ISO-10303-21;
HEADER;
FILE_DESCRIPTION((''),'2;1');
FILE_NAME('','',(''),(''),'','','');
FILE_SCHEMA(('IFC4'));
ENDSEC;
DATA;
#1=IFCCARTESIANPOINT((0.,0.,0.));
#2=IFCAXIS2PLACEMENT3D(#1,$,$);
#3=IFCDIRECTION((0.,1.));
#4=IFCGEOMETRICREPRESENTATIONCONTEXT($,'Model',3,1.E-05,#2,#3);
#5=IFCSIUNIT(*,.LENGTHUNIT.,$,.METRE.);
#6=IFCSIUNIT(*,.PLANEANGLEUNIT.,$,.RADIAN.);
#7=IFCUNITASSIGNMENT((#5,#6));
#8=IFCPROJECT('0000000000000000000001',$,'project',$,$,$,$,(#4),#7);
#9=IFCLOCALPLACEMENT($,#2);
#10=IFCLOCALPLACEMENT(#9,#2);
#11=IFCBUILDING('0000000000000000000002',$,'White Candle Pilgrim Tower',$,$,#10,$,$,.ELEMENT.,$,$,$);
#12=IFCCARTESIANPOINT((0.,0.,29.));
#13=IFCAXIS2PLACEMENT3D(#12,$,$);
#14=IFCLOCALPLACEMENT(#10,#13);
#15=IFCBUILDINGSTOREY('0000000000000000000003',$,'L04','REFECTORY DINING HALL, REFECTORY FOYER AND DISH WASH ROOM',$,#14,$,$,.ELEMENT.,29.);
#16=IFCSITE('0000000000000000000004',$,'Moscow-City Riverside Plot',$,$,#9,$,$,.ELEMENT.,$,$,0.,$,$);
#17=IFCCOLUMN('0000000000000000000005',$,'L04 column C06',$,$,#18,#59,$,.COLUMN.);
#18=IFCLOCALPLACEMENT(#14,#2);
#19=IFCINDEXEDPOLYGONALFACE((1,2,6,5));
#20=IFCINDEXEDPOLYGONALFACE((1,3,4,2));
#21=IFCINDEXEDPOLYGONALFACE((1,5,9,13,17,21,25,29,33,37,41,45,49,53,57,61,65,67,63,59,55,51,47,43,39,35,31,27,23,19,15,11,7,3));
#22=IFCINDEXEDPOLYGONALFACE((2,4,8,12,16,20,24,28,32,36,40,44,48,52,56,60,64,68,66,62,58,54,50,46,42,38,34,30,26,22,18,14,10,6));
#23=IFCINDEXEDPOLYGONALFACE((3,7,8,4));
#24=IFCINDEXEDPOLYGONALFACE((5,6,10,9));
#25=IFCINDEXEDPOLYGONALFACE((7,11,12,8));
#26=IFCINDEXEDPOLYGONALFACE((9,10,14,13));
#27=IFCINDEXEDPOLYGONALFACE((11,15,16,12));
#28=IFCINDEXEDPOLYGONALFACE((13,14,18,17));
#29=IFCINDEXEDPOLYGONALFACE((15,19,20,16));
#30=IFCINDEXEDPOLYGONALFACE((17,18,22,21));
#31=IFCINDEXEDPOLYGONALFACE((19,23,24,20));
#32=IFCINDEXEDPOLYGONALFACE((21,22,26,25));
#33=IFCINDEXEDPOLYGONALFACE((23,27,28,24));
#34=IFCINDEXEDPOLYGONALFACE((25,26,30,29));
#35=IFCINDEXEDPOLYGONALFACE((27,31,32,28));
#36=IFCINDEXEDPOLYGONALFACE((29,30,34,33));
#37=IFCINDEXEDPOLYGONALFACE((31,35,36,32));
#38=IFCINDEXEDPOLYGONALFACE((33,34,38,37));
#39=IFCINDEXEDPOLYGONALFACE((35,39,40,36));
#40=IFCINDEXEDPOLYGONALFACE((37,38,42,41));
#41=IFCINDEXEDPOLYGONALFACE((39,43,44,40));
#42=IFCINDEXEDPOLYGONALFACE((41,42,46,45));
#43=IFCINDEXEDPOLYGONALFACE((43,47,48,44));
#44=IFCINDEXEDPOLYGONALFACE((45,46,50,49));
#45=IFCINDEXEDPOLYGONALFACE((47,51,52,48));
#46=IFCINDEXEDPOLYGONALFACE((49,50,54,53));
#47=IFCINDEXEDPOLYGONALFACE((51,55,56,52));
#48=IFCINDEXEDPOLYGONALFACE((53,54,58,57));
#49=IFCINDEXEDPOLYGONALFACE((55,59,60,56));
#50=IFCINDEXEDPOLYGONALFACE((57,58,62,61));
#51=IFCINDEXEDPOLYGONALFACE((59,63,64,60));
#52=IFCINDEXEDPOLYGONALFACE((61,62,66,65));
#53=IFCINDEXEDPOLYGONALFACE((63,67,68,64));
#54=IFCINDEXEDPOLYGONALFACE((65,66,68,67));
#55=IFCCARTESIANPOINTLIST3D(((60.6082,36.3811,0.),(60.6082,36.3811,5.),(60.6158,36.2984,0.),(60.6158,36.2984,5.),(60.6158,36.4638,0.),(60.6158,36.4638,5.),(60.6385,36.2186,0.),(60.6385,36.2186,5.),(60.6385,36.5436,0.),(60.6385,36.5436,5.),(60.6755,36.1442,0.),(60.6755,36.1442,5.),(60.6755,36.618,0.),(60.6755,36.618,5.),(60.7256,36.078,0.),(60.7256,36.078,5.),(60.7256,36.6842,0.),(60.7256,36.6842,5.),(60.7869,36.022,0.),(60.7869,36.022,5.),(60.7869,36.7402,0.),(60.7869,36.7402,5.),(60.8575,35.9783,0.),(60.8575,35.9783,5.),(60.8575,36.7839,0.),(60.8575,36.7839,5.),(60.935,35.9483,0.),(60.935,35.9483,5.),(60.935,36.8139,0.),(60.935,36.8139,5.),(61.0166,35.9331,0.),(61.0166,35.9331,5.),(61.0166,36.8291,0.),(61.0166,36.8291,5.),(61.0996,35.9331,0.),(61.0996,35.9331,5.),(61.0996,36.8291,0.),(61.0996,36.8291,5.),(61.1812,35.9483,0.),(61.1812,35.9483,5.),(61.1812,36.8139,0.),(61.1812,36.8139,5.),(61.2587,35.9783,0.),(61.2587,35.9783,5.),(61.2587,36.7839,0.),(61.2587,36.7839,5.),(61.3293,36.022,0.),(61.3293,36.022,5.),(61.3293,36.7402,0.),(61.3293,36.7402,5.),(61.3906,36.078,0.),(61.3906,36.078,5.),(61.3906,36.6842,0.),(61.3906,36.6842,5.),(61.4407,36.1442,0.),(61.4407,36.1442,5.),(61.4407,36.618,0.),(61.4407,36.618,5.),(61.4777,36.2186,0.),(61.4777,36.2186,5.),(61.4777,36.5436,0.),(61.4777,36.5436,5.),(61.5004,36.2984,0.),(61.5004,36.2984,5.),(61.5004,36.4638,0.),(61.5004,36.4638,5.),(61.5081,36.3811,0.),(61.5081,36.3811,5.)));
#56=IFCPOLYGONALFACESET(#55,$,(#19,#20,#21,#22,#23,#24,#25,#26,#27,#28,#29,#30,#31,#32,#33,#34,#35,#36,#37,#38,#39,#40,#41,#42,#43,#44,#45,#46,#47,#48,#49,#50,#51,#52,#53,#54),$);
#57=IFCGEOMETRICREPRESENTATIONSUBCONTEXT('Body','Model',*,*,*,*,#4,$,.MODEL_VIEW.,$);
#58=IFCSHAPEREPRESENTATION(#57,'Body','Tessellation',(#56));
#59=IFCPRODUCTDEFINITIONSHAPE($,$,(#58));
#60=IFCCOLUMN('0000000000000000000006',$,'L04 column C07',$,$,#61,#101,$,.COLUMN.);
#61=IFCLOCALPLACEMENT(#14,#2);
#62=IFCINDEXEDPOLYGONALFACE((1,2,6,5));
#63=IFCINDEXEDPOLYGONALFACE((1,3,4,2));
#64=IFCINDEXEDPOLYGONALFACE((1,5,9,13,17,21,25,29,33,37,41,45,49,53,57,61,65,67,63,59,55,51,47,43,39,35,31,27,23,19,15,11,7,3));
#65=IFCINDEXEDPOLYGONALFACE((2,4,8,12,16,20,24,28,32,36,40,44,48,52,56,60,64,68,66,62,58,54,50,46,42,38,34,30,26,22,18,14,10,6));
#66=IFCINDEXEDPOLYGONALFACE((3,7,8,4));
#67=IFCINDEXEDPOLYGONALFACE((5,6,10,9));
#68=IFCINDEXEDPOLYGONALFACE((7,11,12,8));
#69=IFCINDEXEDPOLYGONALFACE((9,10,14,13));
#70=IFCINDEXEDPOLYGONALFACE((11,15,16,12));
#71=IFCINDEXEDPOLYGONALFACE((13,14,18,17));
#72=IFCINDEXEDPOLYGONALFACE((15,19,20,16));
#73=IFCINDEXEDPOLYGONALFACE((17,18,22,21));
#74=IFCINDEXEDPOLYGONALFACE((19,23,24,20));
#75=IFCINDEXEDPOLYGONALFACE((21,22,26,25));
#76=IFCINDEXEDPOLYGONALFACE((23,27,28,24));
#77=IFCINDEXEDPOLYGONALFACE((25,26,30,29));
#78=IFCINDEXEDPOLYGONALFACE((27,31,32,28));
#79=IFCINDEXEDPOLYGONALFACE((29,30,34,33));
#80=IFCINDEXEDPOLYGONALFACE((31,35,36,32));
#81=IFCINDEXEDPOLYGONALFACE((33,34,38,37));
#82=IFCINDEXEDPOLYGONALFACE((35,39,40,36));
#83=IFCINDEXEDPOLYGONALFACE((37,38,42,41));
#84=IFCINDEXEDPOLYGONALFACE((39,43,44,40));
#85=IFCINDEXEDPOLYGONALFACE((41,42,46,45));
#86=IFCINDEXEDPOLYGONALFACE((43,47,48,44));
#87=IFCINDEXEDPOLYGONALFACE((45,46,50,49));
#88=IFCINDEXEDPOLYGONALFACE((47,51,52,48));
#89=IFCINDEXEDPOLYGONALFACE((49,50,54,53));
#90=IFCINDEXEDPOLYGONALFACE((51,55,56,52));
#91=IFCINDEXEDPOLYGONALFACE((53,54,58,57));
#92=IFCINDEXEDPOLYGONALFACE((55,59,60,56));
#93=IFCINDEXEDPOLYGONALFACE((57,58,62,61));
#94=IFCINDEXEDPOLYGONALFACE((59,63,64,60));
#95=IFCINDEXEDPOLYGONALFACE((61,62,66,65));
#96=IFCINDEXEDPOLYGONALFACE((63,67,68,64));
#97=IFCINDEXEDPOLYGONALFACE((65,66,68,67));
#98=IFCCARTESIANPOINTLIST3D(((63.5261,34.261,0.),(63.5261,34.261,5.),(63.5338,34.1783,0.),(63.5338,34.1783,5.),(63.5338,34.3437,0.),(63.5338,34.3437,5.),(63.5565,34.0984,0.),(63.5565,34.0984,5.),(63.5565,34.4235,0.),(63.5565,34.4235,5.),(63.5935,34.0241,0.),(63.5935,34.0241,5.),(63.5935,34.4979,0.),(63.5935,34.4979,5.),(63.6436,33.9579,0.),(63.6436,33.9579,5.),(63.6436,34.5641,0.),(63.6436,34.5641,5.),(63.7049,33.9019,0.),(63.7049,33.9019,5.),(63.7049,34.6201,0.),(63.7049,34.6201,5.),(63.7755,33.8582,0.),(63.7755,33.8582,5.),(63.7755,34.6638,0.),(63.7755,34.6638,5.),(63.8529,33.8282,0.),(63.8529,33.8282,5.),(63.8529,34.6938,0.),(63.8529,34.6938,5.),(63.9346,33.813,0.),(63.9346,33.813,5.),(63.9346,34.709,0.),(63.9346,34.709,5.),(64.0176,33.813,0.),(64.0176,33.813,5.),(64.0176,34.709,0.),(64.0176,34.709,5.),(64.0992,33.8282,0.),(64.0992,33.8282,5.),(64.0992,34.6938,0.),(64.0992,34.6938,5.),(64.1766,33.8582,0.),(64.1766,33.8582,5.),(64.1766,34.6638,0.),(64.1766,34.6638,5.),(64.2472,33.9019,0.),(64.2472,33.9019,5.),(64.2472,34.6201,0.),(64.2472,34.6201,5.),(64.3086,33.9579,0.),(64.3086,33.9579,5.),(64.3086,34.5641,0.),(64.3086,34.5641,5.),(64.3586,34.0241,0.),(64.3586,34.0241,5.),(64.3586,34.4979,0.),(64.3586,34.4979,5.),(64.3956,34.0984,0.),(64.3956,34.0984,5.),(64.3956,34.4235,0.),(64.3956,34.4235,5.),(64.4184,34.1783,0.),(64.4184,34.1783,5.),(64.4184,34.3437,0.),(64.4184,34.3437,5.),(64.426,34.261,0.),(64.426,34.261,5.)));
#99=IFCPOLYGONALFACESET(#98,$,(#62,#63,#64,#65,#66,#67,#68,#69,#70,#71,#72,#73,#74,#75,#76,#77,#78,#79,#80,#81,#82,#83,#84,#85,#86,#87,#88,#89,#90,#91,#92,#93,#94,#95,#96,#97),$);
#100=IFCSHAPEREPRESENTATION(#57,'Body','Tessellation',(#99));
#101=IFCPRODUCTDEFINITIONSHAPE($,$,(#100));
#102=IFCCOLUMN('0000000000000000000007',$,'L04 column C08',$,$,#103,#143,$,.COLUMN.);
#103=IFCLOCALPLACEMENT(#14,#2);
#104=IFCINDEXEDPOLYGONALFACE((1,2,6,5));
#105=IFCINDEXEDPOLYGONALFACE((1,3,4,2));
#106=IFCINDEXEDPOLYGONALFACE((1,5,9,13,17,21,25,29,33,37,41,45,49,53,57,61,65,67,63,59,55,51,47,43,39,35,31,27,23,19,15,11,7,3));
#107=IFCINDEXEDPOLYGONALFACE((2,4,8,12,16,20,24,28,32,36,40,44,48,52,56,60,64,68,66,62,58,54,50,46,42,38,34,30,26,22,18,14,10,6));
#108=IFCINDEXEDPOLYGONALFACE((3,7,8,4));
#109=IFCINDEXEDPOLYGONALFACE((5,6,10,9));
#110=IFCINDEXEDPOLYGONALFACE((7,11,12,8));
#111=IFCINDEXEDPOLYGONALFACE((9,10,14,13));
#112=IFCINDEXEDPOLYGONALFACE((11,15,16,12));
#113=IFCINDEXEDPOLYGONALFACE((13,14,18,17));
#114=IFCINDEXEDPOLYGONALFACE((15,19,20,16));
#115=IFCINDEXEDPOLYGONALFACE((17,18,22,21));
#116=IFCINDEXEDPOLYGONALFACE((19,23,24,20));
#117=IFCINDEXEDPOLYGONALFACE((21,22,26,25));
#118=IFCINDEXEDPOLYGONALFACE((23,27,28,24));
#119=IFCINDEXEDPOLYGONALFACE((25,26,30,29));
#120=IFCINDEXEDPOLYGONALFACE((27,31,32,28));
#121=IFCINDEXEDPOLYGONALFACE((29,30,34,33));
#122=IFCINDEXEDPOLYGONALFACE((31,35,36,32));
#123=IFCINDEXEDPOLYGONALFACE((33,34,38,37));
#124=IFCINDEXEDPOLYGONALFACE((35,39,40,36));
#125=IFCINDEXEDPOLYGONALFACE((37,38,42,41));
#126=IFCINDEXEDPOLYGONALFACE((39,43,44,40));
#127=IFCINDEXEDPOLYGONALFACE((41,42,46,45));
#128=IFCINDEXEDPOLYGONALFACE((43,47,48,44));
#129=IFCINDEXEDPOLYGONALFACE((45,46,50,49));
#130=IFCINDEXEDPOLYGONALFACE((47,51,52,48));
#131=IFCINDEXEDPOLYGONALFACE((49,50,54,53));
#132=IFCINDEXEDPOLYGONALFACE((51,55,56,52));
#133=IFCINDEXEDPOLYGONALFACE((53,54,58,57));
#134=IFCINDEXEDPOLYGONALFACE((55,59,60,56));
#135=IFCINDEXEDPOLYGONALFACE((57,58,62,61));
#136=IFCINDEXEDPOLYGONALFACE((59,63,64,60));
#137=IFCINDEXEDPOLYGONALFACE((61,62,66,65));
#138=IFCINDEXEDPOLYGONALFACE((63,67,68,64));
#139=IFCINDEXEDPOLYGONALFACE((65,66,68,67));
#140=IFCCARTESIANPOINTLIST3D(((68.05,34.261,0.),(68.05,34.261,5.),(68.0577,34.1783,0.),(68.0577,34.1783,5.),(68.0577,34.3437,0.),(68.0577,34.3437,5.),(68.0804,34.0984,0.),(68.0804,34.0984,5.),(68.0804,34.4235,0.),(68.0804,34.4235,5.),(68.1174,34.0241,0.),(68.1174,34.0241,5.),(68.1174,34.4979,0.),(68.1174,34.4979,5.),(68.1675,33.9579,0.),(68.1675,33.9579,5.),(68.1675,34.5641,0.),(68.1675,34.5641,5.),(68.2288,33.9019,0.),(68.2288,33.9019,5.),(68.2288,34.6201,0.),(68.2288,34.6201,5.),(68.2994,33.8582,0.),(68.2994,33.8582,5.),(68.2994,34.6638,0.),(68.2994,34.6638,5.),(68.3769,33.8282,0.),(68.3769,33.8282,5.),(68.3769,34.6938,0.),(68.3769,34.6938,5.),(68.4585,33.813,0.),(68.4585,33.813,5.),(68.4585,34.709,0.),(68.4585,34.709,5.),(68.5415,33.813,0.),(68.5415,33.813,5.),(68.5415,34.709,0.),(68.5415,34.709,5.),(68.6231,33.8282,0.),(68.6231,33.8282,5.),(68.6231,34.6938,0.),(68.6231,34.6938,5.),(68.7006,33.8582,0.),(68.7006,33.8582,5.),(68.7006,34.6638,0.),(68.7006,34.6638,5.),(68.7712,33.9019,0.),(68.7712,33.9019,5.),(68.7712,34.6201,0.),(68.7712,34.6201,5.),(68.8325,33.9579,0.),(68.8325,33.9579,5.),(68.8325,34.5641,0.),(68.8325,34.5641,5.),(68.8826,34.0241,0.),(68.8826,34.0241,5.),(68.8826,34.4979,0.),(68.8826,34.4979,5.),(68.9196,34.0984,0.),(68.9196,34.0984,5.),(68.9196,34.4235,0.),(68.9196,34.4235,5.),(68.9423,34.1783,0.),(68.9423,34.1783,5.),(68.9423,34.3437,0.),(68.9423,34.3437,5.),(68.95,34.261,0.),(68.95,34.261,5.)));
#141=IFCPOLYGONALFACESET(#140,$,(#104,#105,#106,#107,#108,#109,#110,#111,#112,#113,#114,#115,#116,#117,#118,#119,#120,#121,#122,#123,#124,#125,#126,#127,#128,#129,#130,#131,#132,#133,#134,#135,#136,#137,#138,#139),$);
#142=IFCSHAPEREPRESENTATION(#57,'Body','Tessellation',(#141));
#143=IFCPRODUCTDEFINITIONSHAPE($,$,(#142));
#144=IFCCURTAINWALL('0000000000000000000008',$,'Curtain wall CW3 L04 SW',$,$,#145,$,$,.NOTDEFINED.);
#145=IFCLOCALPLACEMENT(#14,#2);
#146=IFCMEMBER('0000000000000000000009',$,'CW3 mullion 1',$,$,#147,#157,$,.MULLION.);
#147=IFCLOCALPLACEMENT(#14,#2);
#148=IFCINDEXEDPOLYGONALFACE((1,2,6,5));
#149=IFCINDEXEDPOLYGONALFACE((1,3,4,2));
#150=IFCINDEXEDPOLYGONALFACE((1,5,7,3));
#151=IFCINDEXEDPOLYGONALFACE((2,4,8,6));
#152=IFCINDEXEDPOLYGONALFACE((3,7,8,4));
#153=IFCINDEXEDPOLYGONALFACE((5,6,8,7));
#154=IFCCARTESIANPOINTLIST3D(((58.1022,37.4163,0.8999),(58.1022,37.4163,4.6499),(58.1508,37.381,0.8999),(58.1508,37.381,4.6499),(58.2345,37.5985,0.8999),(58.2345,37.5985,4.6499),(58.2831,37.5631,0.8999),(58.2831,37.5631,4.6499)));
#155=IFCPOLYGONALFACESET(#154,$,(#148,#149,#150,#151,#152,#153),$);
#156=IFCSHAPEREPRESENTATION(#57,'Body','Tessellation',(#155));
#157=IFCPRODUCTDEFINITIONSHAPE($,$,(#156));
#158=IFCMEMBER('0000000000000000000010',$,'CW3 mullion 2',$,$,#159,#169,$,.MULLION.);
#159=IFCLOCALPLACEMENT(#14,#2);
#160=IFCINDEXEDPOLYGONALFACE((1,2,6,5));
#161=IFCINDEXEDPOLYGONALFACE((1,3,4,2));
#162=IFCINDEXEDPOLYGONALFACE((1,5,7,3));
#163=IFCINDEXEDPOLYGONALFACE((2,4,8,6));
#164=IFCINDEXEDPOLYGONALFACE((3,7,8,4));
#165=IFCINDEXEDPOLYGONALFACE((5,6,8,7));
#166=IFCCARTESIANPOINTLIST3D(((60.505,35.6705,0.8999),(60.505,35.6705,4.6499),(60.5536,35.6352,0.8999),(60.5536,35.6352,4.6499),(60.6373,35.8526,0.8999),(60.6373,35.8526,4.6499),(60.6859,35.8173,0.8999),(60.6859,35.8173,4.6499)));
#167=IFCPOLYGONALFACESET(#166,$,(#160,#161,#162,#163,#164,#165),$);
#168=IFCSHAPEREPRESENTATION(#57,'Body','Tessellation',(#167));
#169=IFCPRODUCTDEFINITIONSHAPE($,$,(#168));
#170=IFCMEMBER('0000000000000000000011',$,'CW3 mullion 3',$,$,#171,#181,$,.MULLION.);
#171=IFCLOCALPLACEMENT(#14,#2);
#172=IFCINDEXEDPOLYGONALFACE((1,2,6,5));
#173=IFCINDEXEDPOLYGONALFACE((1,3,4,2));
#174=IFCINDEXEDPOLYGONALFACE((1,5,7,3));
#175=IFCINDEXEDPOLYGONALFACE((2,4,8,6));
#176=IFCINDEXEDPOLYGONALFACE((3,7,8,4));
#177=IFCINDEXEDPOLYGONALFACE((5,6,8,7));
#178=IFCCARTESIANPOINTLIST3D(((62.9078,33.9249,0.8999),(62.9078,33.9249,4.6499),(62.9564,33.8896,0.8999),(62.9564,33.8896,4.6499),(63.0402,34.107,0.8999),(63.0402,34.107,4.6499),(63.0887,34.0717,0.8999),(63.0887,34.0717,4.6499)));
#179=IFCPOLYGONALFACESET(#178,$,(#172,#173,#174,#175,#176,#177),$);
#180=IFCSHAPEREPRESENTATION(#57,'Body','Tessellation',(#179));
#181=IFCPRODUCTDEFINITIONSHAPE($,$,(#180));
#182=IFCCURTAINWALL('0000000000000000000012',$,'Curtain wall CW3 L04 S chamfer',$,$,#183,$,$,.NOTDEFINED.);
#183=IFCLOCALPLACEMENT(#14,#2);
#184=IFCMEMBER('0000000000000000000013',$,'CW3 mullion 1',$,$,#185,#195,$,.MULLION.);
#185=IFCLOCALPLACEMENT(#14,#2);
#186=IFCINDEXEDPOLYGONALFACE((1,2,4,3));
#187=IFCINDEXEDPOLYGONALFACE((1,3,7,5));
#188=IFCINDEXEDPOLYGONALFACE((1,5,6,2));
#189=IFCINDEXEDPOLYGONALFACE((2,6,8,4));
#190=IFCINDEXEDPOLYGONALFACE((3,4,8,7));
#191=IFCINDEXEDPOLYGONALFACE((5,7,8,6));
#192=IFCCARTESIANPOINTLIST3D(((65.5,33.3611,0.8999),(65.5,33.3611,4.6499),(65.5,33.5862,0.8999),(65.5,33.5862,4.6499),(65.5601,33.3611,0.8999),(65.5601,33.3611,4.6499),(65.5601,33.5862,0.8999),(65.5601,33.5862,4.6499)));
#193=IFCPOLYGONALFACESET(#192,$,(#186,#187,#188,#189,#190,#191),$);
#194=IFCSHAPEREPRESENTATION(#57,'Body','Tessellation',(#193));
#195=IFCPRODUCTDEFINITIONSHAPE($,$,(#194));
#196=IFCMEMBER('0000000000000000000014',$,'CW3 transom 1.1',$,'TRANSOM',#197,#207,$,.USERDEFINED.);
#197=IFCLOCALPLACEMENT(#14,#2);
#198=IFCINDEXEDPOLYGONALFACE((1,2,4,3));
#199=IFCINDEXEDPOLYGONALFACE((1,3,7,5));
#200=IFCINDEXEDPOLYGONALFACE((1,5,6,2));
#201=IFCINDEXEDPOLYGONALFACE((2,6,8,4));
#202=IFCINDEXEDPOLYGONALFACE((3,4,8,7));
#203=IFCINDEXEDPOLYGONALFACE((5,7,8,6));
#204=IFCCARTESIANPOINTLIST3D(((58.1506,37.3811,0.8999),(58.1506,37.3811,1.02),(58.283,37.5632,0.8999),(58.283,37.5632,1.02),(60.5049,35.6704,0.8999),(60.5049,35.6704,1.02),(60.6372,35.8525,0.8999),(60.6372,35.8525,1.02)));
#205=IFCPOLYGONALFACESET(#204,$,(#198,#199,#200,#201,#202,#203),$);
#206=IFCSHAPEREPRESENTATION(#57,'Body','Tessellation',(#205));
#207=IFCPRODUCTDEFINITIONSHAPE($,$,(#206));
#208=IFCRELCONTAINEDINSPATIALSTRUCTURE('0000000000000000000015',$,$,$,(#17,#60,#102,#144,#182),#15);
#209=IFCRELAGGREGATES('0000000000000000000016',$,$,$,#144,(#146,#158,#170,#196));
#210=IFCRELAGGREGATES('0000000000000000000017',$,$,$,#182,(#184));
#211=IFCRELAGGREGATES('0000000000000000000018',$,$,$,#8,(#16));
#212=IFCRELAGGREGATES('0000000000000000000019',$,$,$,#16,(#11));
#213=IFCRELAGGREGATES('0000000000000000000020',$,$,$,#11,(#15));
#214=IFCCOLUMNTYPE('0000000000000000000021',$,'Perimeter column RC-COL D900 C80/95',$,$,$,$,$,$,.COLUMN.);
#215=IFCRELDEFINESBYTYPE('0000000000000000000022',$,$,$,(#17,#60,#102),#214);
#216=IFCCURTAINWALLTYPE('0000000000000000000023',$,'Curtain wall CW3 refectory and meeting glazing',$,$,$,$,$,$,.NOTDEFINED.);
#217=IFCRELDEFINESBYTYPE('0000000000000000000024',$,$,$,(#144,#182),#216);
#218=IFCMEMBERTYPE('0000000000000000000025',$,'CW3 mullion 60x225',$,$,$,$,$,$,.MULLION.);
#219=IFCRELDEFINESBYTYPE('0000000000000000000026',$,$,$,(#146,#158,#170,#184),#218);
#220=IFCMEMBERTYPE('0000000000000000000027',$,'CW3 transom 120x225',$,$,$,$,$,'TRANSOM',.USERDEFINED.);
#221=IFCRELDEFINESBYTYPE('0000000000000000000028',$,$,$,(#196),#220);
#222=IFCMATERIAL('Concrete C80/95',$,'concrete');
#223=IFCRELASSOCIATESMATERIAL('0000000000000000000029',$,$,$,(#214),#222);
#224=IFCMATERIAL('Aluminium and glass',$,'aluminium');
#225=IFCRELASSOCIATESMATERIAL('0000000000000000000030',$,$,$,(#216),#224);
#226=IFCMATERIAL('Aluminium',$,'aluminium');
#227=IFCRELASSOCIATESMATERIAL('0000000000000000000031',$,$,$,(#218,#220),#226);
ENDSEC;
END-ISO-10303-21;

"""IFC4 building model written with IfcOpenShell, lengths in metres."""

from ifc_helpers import new_model, si_unit, direction, frame, origin, origin_2d, place, context, subcontext, project, spatial, rectangle, circle, extrude, material, material_profile, profile_set, type_object, element, aggregate, save


model = new_model("IFC4")

# Units and contexts
model_context = context("Model", 3, precision=1e-05, world=origin(), true_north=direction((0.0, 1.0)))
body_context = subcontext(model_context, "Body", "Model", "MODEL_VIEW")
ifc_project = project(units=[si_unit("LENGTHUNIT", "METRE"), si_unit("PLANEANGLEUNIT", "RADIAN")], contexts=[model_context])

# Site, building, storey
site_placement = place(None, origin())
site = spatial("IfcSite", under=ifc_project, at=site_placement, Name="Moscow-City Riverside Plot", CompositionType="ELEMENT", RefElevation=0.0)
building_placement = place(site_placement, origin())
building = spatial("IfcBuilding", under=site, at=building_placement, Name="White Candle Pilgrim Tower", CompositionType="ELEMENT")
storey_placement = place(building_placement, frame((0.0, 0.0, 29.0)))
storey = spatial("IfcBuildingStorey", under=building, at=storey_placement, Name="L04", Description="REFECTORY DINING HALL, REFECTORY FOYER AND DISH WASH ROOM", CompositionType="ELEMENT", Elevation=29.0)

# Columns
ifc_material_1 = material(Name="Concrete C80/95", Category="concrete")
ifc_material_profile_1 = material_profile(ifc_material_1, circle(Radius=0.45, at=origin_2d()), Name="RC-COL D900")
ifc_profile_set_1 = profile_set([ifc_material_profile_1], Name="Concrete C80/95")
column_type = type_object("IfcColumnType", Name="Perimeter column RC-COL D900 C80/95", PredefinedType="COLUMN", material=ifc_profile_set_1)
for number, where, z_axis, x_axis, name in (
    (1, (61.0581, 36.3811, 0.0), (0.0, 0.0, 1.0), (1.0, 0.0, 0.0), "L04 column C06"),
    (2, (63.9761, 34.261, 0.0), (0.0, 0.0, 1.0), (1.0, 0.0, 0.0), "L04 column C07"),
    (3, (68.5, 34.261, 0.0), (0.0, 0.0, 1.0), (1.0, 0.0, 0.0), "L04 column C08"),
):
    element("IfcColumn", number, at=place(storey_placement, frame(where, z_axis=z_axis, x_axis=x_axis)), inside=storey, type_object=column_type, Name=name, PredefinedType="COLUMN", context=body_context, shape_type="SweptSolid", body=[
        extrude(circle(Radius=0.45, at=origin_2d()), origin(), (0.0, 0.0, 1.0), 5.0),
    ])

# Curtain wall, members
ifc_material_2 = material(Name="Aluminium and glass", Category="aluminium")
curtain_wall_type = type_object("IfcCurtainWallType", Name="Curtain wall CW3 refectory and meeting glazing", PredefinedType="NOTDEFINED", material=ifc_material_2)
curtain_wall_1_placement = place(storey_placement, origin())
curtain_wall_1 = element("IfcCurtainWall", 4, at=curtain_wall_1_placement, inside=storey, type_object=curtain_wall_type, Name="Curtain wall CW3 L04 SW", PredefinedType="NOTDEFINED")
ifc_material_3 = material(Name="Aluminium", Category="aluminium")
ifc_material_profile_2 = material_profile(ifc_material_3, rectangle(XDim=0.2251, YDim=0.0601, at=origin_2d()), Name="CW3 mullion 60x225")
ifc_profile_set_2 = profile_set([ifc_material_profile_2], Name="Aluminium")
member_type_1 = type_object("IfcMemberType", Name="CW3 mullion 60x225", PredefinedType="MULLION", material=ifc_profile_set_2)
member_1_placement = place(storey_placement, frame((58.1926, 37.4897, 0.8999), z_axis=(0.0, 0.0, 1.0), x_axis=(0.587785, 0.809017, 0.0)))
member_1 = element("IfcMember", 5, at=member_1_placement, type_object=member_type_1, Name="CW3 mullion 1", PredefinedType="MULLION", context=body_context, shape_type="SweptSolid", body=[
    extrude(rectangle(XDim=0.2251, YDim=0.0601, at=origin_2d()), origin(), (0.0, 0.0, 1.0), 3.75),
])
member_2_placement = place(storey_placement, frame((60.5955, 35.7439, 0.8999), z_axis=(0.0, 0.0, 1.0), x_axis=(0.587785, 0.809017, 0.0)))
member_2 = element("IfcMember", 6, at=member_2_placement, type_object=member_type_1, Name="CW3 mullion 2", PredefinedType="MULLION", context=body_context, shape_type="SweptSolid", body=[
    extrude(rectangle(XDim=0.2251, YDim=0.0601, at=origin_2d()), origin(), (0.0, 0.0, 1.0), 3.75),
])
member_3_placement = place(storey_placement, frame((62.9983, 33.9983, 0.8999), z_axis=(0.0, 0.0, 1.0), x_axis=(0.587785, 0.809017, 0.0)))
member_3 = element("IfcMember", 7, at=member_3_placement, type_object=member_type_1, Name="CW3 mullion 3", PredefinedType="MULLION", context=body_context, shape_type="SweptSolid", body=[
    extrude(rectangle(XDim=0.2251, YDim=0.0601, at=origin_2d()), origin(), (0.0, 0.0, 1.0), 3.75),
])

# Curtain wall, member
curtain_wall_2_placement = place(storey_placement, origin())
curtain_wall_2 = element("IfcCurtainWall", 8, at=curtain_wall_2_placement, inside=storey, type_object=curtain_wall_type, Name="Curtain wall CW3 L04 S chamfer", PredefinedType="NOTDEFINED")
member_4_placement = place(storey_placement, frame((65.53, 33.4736, 0.8999), z_axis=(0.0, 0.0, 1.0), x_axis=(0.0, 1.0, 0.0)))
member_4 = element("IfcMember", 9, at=member_4_placement, type_object=member_type_1, Name="CW3 mullion 1", PredefinedType="MULLION", context=body_context, shape_type="SweptSolid", body=[
    extrude(rectangle(XDim=0.2251, YDim=0.0601, at=origin_2d()), origin(), (0.0, 0.0, 1.0), 3.75),
])

# Member
ifc_material_profile_3 = material_profile(ifc_material_3, rectangle(XDim=0.2251, YDim=0.1201, at=origin_2d()), Name="CW3 transom 120x225")
ifc_profile_set_3 = profile_set([ifc_material_profile_3], Name="Aluminium")
member_type_2 = type_object("IfcMemberType", Name="CW3 transom 120x225", ElementType="TRANSOM", PredefinedType="USERDEFINED", material=ifc_profile_set_3)
member_5_placement = place(storey_placement, frame((58.2168, 37.4722, 0.96), z_axis=(0.808979, -0.587837, 0.0), x_axis=(0.587837, 0.808979, 0.0)))
member_5 = element("IfcMember", 10, at=member_5_placement, type_object=member_type_2, Name="CW3 transom 1.1", ObjectType="TRANSOM", PredefinedType="USERDEFINED", context=body_context, shape_type="SweptSolid", body=[
    extrude(rectangle(XDim=0.2251, YDim=0.1201, at=origin_2d()), origin(), (0.0, 0.0, 1.0), 2.9102),
])

aggregate(curtain_wall_1, [member_1, member_2, member_3, member_5])
aggregate(curtain_wall_2, [member_4])

save(model, "model.ifc")
